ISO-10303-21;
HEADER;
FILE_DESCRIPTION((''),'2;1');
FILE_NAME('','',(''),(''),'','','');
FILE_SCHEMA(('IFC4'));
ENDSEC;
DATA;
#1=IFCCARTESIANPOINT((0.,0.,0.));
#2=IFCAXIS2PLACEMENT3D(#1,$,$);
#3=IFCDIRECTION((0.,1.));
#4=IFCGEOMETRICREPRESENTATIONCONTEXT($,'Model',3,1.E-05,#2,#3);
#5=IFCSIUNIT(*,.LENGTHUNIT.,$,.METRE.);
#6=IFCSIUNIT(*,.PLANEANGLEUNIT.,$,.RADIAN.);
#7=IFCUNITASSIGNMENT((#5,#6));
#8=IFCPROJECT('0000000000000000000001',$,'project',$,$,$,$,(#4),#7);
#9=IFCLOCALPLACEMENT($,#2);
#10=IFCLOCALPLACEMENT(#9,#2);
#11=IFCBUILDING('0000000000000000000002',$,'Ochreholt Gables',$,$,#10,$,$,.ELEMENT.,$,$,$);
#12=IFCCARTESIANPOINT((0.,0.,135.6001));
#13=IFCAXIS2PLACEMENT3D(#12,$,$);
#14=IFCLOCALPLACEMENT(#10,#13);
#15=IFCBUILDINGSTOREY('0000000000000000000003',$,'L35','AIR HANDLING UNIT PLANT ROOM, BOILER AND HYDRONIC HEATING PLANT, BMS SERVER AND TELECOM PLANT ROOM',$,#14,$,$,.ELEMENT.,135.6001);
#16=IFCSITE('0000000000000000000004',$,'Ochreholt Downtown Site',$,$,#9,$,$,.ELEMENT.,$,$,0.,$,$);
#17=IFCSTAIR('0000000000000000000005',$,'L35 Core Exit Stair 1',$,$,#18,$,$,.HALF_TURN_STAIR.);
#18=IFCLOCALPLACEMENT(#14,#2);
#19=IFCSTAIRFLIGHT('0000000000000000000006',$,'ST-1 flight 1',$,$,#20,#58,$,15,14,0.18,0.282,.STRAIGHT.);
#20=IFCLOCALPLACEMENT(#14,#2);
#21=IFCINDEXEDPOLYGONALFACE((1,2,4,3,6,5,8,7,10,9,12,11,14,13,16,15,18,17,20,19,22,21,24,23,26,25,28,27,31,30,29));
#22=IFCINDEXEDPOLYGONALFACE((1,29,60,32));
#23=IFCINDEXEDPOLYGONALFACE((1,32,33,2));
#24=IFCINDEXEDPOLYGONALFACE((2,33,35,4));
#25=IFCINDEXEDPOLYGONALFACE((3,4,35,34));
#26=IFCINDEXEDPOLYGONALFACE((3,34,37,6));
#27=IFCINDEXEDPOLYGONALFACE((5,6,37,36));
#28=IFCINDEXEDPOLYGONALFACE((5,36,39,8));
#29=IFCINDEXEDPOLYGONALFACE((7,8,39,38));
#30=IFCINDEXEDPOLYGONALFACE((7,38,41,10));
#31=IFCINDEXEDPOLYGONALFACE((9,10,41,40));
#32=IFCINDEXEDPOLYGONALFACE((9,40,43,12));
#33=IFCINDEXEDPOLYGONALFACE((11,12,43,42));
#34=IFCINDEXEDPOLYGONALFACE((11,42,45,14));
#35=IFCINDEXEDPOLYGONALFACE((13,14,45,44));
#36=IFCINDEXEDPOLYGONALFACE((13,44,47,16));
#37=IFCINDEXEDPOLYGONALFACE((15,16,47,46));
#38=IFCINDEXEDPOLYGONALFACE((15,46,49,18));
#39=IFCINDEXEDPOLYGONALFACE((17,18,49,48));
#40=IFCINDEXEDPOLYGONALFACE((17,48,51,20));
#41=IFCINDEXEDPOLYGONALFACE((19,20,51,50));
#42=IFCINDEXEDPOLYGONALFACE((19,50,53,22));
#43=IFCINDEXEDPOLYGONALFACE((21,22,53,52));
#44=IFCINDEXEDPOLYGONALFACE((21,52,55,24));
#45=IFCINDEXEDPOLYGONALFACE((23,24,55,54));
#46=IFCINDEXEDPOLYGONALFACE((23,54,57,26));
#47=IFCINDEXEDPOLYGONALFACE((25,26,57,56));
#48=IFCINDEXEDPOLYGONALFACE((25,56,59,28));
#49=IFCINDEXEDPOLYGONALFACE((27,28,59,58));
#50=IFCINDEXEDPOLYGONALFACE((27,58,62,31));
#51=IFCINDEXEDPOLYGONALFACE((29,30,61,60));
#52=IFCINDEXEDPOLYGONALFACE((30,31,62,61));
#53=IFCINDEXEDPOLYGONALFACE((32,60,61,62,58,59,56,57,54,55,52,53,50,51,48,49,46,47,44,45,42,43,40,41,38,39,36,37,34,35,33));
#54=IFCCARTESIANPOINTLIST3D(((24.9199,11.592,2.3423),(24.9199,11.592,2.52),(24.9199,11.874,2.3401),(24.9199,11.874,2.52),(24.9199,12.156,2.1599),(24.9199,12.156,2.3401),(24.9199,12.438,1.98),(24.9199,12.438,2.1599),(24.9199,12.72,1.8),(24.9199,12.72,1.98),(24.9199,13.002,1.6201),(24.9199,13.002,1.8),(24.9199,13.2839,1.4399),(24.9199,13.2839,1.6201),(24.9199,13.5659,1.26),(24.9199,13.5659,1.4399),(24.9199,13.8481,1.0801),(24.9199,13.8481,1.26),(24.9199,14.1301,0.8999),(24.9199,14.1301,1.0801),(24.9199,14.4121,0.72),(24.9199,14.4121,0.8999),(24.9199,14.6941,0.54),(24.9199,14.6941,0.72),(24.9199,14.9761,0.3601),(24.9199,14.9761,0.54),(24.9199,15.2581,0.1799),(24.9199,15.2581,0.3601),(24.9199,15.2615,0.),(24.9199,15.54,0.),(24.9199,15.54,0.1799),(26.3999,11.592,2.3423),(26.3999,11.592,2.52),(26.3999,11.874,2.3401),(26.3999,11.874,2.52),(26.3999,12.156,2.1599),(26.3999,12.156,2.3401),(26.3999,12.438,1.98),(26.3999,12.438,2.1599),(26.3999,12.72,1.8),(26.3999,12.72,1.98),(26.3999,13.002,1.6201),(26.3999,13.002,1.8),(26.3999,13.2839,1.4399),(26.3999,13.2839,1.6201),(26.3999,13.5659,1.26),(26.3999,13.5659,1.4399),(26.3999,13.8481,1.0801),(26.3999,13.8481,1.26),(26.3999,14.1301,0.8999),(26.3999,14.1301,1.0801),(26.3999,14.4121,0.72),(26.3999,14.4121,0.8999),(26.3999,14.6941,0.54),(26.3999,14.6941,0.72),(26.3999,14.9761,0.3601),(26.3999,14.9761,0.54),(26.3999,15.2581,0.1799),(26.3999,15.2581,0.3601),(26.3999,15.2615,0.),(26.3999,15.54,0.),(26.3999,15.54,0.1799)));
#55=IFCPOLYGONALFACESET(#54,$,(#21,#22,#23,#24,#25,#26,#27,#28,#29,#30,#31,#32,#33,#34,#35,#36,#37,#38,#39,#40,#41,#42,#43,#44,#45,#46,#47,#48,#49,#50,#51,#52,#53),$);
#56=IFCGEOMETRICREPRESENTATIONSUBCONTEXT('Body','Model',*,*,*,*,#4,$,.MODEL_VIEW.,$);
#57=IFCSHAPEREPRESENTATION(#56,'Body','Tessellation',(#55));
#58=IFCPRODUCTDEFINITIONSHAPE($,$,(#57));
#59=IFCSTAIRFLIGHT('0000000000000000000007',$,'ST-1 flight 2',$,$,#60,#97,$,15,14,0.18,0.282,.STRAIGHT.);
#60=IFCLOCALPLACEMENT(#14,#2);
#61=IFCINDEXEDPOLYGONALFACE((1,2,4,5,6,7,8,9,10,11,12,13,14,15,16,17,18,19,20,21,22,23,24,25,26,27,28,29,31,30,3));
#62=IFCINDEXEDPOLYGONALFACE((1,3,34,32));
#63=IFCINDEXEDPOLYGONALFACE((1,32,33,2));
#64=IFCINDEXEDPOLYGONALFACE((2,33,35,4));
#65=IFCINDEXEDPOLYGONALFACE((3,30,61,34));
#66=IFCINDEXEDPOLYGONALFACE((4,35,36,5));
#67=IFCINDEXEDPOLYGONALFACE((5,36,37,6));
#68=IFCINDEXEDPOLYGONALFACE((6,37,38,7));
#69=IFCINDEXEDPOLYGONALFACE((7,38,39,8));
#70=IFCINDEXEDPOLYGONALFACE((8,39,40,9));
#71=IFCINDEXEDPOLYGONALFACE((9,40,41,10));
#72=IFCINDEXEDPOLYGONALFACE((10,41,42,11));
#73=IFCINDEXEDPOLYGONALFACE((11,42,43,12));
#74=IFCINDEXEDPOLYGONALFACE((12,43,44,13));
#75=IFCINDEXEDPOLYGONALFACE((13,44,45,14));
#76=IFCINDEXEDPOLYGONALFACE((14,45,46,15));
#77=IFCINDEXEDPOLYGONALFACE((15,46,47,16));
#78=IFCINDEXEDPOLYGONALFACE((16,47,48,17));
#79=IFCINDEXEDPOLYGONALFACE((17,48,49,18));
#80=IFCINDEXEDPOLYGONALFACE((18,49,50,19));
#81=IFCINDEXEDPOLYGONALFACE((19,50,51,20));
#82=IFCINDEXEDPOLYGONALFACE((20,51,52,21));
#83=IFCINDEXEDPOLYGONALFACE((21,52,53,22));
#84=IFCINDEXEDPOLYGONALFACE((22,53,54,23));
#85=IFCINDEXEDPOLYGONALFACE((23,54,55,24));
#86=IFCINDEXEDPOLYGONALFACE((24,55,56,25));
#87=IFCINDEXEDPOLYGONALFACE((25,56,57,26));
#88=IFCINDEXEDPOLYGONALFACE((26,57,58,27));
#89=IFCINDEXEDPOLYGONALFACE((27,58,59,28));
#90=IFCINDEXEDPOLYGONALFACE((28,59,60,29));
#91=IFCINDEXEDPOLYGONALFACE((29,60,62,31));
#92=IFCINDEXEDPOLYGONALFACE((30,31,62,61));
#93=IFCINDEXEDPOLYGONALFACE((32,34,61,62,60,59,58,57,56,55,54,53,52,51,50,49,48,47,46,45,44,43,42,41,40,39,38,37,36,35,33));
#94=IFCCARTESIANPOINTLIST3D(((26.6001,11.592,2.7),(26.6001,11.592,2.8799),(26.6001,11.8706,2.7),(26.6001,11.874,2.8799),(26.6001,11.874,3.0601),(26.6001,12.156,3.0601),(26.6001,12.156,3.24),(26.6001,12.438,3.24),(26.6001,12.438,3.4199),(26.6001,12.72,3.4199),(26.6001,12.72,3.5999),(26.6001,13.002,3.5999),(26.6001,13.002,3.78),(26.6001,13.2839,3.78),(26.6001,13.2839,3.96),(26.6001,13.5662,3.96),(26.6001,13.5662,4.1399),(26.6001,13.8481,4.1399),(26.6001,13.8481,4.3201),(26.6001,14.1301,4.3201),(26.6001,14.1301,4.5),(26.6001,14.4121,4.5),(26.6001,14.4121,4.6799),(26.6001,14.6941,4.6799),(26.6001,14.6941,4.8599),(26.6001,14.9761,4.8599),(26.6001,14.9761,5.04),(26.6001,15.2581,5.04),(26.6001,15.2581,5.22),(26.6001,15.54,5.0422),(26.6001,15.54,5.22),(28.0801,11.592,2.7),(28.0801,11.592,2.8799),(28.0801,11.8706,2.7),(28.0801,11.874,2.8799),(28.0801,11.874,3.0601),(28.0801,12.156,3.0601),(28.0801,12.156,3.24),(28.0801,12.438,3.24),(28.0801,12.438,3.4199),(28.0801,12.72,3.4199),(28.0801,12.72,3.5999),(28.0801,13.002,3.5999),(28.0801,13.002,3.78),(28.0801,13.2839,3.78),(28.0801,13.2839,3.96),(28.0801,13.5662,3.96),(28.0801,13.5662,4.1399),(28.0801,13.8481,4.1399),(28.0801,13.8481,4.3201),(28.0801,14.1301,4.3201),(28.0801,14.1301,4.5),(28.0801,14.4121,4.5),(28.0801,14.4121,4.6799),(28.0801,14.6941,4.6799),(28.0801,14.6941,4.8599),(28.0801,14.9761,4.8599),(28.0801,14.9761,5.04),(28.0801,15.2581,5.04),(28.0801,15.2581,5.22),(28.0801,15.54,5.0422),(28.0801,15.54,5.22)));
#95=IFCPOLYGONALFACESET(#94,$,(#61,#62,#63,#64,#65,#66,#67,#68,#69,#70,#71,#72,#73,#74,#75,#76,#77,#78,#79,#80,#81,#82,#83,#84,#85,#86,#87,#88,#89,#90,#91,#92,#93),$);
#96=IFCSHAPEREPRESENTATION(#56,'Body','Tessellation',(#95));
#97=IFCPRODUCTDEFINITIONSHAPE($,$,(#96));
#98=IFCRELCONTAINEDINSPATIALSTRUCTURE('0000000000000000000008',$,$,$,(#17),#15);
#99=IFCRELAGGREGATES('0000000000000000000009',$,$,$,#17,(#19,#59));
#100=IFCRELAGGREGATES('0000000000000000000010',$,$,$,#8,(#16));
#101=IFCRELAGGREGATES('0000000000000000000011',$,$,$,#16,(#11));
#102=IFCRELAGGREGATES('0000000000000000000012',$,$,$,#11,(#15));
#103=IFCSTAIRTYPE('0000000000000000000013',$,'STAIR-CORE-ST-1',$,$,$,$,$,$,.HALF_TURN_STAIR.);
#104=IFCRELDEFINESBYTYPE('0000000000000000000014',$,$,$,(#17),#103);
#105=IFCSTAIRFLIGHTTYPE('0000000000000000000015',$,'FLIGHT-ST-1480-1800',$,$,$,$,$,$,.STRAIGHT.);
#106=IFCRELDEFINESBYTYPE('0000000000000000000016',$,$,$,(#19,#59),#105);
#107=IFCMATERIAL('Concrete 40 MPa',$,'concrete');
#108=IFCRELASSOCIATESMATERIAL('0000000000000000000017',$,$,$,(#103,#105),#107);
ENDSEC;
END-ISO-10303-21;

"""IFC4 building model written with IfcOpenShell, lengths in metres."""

from ifc_helpers import new_model, si_unit, direction, frame, origin, place, context, subcontext, project, spatial, polyline, outline, extrude, material, type_object, element, aggregate, save


model = new_model("IFC4")

# Units and contexts
model_context = context("Model", 3, precision=1e-05, world=origin(), true_north=direction((0.0, 1.0)))
body_context = subcontext(model_context, "Body", "Model", "MODEL_VIEW")
ifc_project = project(units=[si_unit("LENGTHUNIT", "METRE"), si_unit("PLANEANGLEUNIT", "RADIAN")], contexts=[model_context])

# Site, building, storey
site_placement = place(None, origin())
site = spatial("IfcSite", under=ifc_project, at=site_placement, Name="Ochreholt Downtown Site", CompositionType="ELEMENT", RefElevation=0.0)
building_placement = place(site_placement, origin())
building = spatial("IfcBuilding", under=site, at=building_placement, Name="Ochreholt Gables", CompositionType="ELEMENT")
storey_placement = place(building_placement, frame((0.0, 0.0, 135.6001)))
storey = spatial("IfcBuildingStorey", under=building, at=storey_placement, Name="L35", Description="AIR HANDLING UNIT PLANT ROOM, BOILER AND HYDRONIC HEATING PLANT, BMS SERVER AND TELECOM PLANT ROOM", CompositionType="ELEMENT", Elevation=135.6001)

# Shared definitions
ifc_material_1 = material(Name="Concrete 40 MPa", Category="concrete")

# Stair, stair flights
stair_type = type_object("IfcStairType", Name="STAIR-CORE-ST-1", PredefinedType="HALF_TURN_STAIR", material=ifc_material_1)
stair_placement = place(storey_placement, origin())
stair = element("IfcStair", 1, at=stair_placement, inside=storey, type_object=stair_type, Name="L35 Core Exit Stair 1", PredefinedType="HALF_TURN_STAIR")
stair_flight_type = type_object("IfcStairFlightType", Name="FLIGHT-ST-1480-1800", PredefinedType="STRAIGHT", material=ifc_material_1)
stair_flight_1_placement = place(storey_placement, frame((25.6599, 15.54, 0.0), z_axis=(0.0, 0.0, 1.0), x_axis=(0.0, -1.0, 0.0)))
stair_flight_1 = element("IfcStairFlight", 2, at=stair_flight_1_placement, type_object=stair_flight_type, Name="ST-1 flight 1", NumberOfRisers=15, NumberOfTreads=14, PredefinedType="STRAIGHT", RiserHeight=0.18, TreadLength=0.282, context=body_context, shape_type="SweptSolid", body=[
    extrude(outline(polyline([(0.0, 0.0), (0.0, 0.1799), (0.282, 0.1799), (0.282, 0.3601), (0.564, 0.3601), (0.564, 0.54), (0.8459, 0.54), (0.8459, 0.72), (1.1279, 0.72), (1.1279, 0.8999), (1.4099, 0.8999), (1.4099, 1.0801), (1.6919, 1.0801), (1.6919, 1.26), (1.9741, 1.26), (1.9741, 1.4399), (2.2561, 1.4399), (2.2561, 1.6201), (2.5381, 1.6201), (2.5381, 1.8), (2.8201, 1.8), (2.8201, 1.98), (3.1021, 1.98), (3.1021, 2.1599), (3.384, 2.1599), (3.384, 2.3401), (3.666, 2.3401), (3.666, 2.52), (3.948, 2.52), (3.948, 2.7), (3.948, 2.3423), (0.2786, 0.0), (0.0, 0.0)])), frame((0.0, 0.74, 0.0), z_axis=(0.0, -1.0, 0.0), x_axis=(1.0, 0.0, 0.0)), (0.0, 0.0, 1.0), 1.48),
])
stair_flight_2_placement = place(storey_placement, frame((27.3401, 11.592, 2.7), z_axis=(0.0, 0.0, 1.0), x_axis=(0.0, 1.0, 0.0)))
stair_flight_2 = element("IfcStairFlight", 3, at=stair_flight_2_placement, type_object=stair_flight_type, Name="ST-1 flight 2", NumberOfRisers=15, NumberOfTreads=14, PredefinedType="STRAIGHT", RiserHeight=0.18, TreadLength=0.282, context=body_context, shape_type="SweptSolid", body=[
    extrude(outline(polyline([(0.0, 0.0), (0.0, 0.1799), (0.282, 0.1799), (0.282, 0.3601), (0.564, 0.3601), (0.564, 0.54), (0.8459, 0.54), (0.8459, 0.72), (1.1279, 0.72), (1.1279, 0.8999), (1.4099, 0.8999), (1.4099, 1.0801), (1.6919, 1.0801), (1.6919, 1.26), (1.9741, 1.26), (1.9741, 1.4399), (2.2561, 1.4399), (2.2561, 1.6201), (2.5381, 1.6201), (2.5381, 1.8), (2.8201, 1.8), (2.8201, 1.98), (3.1021, 1.98), (3.1021, 2.1599), (3.384, 2.1599), (3.384, 2.3401), (3.666, 2.3401), (3.666, 2.52), (3.948, 2.52), (3.948, 2.7), (3.948, 2.3423), (0.2786, 0.0), (0.0, 0.0)])), frame((0.0, 0.74, 0.0), z_axis=(0.0, -1.0, 0.0), x_axis=(1.0, 0.0, 0.0)), (0.0, 0.0, 1.0), 1.48),
])
aggregate(stair, [stair_flight_1, stair_flight_2])

save(model, "model.ifc")
